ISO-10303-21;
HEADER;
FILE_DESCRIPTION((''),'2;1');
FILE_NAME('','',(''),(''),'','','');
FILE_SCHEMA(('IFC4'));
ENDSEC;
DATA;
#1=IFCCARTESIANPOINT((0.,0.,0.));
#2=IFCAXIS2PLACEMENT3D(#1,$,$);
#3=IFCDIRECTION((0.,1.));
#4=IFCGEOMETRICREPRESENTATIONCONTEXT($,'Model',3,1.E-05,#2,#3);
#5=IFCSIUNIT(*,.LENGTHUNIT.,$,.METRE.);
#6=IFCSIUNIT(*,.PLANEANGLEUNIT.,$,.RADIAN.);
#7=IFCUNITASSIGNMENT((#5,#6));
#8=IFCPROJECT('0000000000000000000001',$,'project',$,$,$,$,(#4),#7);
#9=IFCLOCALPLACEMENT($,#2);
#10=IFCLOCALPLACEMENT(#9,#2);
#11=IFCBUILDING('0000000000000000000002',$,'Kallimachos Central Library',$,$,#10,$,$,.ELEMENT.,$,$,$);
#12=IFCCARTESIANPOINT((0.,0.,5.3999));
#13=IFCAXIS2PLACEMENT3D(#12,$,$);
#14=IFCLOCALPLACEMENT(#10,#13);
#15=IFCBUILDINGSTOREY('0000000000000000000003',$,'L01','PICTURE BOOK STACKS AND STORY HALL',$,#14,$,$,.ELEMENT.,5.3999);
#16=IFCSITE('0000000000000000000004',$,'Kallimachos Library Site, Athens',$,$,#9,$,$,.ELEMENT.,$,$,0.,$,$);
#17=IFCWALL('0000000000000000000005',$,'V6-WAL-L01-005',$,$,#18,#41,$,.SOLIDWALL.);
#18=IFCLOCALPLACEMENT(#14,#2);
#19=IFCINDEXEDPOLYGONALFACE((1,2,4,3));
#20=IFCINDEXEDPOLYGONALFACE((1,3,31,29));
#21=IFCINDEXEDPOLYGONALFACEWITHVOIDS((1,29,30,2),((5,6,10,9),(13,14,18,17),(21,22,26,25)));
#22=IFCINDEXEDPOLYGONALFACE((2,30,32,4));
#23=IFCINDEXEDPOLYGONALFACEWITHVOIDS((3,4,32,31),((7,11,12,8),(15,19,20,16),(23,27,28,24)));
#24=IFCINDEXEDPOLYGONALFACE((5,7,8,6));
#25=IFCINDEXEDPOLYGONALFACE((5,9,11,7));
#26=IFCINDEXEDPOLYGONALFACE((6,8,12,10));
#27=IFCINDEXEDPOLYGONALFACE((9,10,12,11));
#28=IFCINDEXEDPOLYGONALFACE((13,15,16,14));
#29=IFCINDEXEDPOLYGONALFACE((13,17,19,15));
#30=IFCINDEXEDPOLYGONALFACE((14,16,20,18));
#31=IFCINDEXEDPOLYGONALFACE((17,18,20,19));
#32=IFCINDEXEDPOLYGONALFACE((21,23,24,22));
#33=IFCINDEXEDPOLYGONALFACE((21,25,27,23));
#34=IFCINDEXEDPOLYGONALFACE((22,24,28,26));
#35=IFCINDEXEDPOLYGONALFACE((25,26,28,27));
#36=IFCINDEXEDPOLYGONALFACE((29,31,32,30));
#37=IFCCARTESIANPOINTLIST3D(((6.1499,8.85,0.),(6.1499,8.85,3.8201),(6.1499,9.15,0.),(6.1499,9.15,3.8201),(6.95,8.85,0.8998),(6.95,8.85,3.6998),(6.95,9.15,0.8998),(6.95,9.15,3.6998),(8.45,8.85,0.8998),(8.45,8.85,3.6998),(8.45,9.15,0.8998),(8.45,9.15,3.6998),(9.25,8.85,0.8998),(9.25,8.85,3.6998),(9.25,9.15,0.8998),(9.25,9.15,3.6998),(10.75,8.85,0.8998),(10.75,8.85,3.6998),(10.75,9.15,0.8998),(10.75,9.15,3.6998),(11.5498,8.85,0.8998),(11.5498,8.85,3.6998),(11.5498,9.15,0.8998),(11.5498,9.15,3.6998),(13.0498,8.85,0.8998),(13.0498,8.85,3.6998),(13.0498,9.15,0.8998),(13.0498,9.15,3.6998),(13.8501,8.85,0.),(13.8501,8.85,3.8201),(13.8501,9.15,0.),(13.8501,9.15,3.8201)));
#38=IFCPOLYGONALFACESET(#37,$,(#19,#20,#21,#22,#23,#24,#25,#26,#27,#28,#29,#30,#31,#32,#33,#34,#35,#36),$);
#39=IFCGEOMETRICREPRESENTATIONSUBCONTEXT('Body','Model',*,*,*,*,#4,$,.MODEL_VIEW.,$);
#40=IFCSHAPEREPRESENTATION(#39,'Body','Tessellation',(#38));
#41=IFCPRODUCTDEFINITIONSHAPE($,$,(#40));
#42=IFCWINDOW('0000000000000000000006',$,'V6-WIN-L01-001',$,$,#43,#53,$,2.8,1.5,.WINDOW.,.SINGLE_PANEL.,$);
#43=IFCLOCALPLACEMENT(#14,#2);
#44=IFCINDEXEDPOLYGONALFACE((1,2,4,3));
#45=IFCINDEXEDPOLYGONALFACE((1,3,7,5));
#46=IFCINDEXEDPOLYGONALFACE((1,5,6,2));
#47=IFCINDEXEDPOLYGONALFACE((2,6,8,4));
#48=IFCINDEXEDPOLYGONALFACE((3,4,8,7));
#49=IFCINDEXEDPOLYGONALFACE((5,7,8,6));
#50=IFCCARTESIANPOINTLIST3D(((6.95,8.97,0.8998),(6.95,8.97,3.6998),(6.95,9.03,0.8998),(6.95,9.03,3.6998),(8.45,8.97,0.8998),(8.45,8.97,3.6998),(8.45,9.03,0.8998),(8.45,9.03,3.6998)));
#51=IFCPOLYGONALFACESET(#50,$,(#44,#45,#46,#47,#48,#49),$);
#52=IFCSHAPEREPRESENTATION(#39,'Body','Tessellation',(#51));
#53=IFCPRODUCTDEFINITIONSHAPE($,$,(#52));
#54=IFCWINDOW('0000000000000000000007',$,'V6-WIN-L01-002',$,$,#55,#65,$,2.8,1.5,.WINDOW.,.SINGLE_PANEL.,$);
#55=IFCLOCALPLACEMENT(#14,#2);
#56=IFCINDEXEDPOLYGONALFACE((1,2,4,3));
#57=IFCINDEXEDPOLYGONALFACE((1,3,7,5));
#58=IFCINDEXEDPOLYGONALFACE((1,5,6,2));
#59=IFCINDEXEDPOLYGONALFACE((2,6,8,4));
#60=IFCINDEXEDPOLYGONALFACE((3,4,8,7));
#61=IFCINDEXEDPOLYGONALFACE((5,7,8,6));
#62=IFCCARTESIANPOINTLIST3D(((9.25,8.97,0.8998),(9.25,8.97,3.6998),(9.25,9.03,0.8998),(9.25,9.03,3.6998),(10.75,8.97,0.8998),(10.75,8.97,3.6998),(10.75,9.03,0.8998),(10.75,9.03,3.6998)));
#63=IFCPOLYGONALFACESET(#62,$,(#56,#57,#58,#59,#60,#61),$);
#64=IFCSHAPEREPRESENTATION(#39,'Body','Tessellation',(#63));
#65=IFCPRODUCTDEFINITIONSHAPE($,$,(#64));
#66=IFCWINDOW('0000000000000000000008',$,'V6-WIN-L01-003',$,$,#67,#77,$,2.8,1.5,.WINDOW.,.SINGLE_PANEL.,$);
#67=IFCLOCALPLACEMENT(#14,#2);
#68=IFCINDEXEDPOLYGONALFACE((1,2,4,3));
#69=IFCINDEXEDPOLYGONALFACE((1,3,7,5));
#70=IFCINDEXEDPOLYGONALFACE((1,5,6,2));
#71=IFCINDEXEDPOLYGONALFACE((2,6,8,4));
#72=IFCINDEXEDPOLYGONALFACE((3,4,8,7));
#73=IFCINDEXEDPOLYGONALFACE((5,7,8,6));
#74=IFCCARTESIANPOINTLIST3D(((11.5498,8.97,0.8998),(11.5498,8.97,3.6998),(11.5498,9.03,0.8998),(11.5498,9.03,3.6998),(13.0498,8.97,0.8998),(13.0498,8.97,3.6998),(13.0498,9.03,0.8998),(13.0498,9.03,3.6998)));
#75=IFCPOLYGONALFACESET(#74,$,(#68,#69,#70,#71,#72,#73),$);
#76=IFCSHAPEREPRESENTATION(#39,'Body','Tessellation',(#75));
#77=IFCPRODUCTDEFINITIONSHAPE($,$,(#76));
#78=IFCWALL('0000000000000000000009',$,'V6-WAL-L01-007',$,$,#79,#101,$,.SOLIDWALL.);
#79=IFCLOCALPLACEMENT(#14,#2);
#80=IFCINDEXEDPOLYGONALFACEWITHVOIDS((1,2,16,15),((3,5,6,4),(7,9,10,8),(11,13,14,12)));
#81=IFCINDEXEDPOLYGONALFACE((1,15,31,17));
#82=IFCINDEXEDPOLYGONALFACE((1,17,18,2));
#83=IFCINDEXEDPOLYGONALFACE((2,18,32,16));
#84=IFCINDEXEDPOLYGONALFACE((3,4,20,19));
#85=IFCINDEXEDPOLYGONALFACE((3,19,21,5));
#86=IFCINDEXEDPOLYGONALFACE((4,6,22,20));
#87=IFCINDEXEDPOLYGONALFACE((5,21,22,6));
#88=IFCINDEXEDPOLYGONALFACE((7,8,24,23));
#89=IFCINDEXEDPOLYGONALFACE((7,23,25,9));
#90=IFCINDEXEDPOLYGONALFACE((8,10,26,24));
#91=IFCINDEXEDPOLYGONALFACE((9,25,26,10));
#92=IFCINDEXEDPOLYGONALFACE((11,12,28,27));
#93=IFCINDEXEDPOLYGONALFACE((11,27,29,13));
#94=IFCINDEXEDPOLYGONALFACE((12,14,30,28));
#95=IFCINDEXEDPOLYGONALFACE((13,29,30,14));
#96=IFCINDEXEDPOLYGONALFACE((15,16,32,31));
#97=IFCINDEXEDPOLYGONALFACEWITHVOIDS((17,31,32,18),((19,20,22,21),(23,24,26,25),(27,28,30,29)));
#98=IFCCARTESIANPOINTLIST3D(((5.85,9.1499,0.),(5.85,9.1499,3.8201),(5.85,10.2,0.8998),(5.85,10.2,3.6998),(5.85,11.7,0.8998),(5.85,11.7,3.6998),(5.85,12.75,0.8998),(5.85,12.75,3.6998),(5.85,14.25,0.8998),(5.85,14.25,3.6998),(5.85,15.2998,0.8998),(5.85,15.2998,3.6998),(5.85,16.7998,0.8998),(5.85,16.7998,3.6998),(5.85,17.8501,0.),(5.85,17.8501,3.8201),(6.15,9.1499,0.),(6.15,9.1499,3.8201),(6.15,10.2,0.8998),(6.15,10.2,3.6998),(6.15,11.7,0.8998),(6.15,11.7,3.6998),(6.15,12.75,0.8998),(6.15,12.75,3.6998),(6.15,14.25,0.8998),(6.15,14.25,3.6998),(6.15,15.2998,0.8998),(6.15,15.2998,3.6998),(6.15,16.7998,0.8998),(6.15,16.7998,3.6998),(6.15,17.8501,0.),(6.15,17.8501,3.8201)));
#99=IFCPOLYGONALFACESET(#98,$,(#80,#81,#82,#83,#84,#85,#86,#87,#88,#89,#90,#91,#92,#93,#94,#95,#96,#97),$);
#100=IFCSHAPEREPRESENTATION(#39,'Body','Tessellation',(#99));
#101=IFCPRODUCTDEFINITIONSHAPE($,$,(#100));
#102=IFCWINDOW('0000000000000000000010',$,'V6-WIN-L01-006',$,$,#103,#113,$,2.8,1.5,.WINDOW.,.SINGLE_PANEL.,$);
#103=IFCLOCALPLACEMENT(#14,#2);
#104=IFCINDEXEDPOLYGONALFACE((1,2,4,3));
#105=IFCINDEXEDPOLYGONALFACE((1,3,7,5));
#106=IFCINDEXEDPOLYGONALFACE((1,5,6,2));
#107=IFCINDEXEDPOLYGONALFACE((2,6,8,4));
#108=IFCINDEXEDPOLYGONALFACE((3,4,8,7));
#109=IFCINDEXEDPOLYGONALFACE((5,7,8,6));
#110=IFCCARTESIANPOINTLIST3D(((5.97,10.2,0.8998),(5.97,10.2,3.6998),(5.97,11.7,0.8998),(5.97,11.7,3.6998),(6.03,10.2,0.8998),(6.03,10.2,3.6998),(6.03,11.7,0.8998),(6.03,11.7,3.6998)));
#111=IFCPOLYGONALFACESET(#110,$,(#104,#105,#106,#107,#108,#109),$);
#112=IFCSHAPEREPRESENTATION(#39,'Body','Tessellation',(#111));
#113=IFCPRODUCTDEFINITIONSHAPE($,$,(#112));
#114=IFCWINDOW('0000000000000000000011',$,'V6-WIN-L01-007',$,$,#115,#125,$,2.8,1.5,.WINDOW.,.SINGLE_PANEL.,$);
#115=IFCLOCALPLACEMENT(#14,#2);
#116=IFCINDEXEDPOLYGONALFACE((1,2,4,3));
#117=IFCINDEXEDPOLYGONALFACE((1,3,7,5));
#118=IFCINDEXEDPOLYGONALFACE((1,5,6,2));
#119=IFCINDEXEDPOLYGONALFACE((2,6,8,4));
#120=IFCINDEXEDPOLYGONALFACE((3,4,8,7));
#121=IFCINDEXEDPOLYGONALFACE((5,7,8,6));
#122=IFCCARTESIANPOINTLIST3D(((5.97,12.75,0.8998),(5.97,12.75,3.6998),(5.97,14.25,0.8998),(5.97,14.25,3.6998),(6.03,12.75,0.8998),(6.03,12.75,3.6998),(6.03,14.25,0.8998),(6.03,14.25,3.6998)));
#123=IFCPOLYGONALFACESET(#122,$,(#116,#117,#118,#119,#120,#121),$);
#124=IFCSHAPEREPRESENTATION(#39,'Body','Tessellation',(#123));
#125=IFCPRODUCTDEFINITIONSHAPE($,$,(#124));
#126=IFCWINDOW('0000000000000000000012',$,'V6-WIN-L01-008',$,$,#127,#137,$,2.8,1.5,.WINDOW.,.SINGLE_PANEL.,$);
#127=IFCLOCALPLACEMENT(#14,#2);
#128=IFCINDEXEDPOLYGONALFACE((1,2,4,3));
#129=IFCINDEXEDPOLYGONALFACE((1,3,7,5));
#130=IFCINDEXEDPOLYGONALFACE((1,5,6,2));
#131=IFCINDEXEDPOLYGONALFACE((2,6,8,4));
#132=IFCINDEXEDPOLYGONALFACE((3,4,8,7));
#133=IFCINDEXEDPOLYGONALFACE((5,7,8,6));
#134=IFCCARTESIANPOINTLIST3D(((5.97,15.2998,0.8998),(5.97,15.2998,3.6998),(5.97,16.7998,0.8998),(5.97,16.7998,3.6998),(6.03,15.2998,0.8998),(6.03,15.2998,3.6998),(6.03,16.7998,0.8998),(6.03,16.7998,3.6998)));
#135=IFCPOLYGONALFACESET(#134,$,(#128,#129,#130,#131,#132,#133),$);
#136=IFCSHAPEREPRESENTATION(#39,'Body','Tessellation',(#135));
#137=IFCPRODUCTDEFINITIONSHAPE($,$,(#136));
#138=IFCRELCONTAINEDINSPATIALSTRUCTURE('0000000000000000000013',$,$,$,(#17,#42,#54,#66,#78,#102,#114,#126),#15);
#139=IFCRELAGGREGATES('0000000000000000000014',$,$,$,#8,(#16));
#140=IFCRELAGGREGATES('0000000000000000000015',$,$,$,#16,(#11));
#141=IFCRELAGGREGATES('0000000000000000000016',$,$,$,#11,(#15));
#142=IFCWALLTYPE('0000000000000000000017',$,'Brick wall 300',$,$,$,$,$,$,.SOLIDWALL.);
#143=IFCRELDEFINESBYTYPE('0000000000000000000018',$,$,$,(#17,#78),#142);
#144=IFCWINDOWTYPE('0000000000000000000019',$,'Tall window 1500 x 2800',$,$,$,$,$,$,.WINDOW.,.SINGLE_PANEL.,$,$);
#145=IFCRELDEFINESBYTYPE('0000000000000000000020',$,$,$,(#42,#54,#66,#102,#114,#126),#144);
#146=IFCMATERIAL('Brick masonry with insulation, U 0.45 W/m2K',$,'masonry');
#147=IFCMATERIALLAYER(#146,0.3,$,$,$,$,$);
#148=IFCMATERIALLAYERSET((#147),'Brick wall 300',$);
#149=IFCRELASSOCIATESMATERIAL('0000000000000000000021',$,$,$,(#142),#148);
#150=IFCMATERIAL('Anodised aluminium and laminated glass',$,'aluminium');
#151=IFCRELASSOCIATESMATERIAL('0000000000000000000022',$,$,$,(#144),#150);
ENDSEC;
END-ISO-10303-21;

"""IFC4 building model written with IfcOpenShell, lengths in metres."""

from ifc_helpers import new_model, si_unit, direction, frame, frame_2d, origin, place, context, subcontext, project, spatial, rectangle, extrude, material, layer, layer_set, type_object, element, fill, save


model = new_model("IFC4")

# Units and contexts
model_context = context("Model", 3, precision=1e-05, world=origin(), true_north=direction((0.0, 1.0)))
body_context = subcontext(model_context, "Body", "Model", "MODEL_VIEW")
ifc_project = project(units=[si_unit("LENGTHUNIT", "METRE"), si_unit("PLANEANGLEUNIT", "RADIAN")], contexts=[model_context])

# Site, building, storey
site_placement = place(None, origin())
site = spatial("IfcSite", under=ifc_project, at=site_placement, Name="Kallimachos Library Site, Athens", CompositionType="ELEMENT", RefElevation=0.0)
building_placement = place(site_placement, origin())
building = spatial("IfcBuilding", under=site, at=building_placement, Name="Kallimachos Central Library", CompositionType="ELEMENT")
storey_placement = place(building_placement, frame((0.0, 0.0, 5.3999)))
storey = spatial("IfcBuildingStorey", under=building, at=storey_placement, Name="L01", Description="PICTURE BOOK STACKS AND STORY HALL", CompositionType="ELEMENT", Elevation=5.3999)

# Walls, openings, windows
ifc_material_1 = material(Name="Brick masonry with insulation, U 0.45 W/m2K", Category="masonry")
ifc_layer_1 = layer(ifc_material_1, 0.3)
ifc_layer_set_1 = layer_set([ifc_layer_1], Name="Brick wall 300")
wall_type = type_object("IfcWallType", Name="Brick wall 300", PredefinedType="SOLIDWALL", material=ifc_layer_set_1)
wall_1_placement = place(storey_placement, frame((6.1499, 9.0, 0.0), z_axis=(0.0, 0.0, 1.0), x_axis=(1.0, 0.0, 0.0)))
wall_1 = element("IfcWall", 1, at=wall_1_placement, inside=storey, type_object=wall_type, Name="V6-WAL-L01-005", PredefinedType="SOLIDWALL", context=body_context, shape_type="SweptSolid", body=[
    extrude(rectangle(XDim=7.7002, YDim=0.3, at=frame_2d((3.8501, 0.0))), origin(), (0.0, 0.0, 1.0), 3.8201),
])
opening_1_placement = place(wall_1_placement, frame((0.8, 0.0, 0.8999)))
opening_1 = element("IfcOpeningElement", 2, at=opening_1_placement, cuts=wall_1, PredefinedType="OPENING", context=body_context, shape_type="SweptSolid", body=[
    extrude(rectangle(XDim=1.5, YDim=2.8, at=frame_2d((0.75, 1.3999))), frame((0.0, 0.1599, 0.0), z_axis=(0.0, -1.0, 0.0), x_axis=(1.0, 0.0, 0.0)), (0.0, 0.0, 1.0), 0.3201),
])
opening_2_placement = place(wall_1_placement, frame((3.1001, 0.0, 0.8999)))
opening_2 = element("IfcOpeningElement", 3, at=opening_2_placement, cuts=wall_1, PredefinedType="OPENING", context=body_context, shape_type="SweptSolid", body=[
    extrude(rectangle(XDim=1.5, YDim=2.8, at=frame_2d((0.75, 1.3999))), frame((0.0, 0.1599, 0.0), z_axis=(0.0, -1.0, 0.0), x_axis=(1.0, 0.0, 0.0)), (0.0, 0.0, 1.0), 0.3201),
])
opening_3_placement = place(wall_1_placement, frame((5.3999, 0.0, 0.8999)))
opening_3 = element("IfcOpeningElement", 4, at=opening_3_placement, cuts=wall_1, PredefinedType="OPENING", context=body_context, shape_type="SweptSolid", body=[
    extrude(rectangle(XDim=1.5, YDim=2.8, at=frame_2d((0.75, 1.3999))), frame((0.0, 0.1599, 0.0), z_axis=(0.0, -1.0, 0.0), x_axis=(1.0, 0.0, 0.0)), (0.0, 0.0, 1.0), 0.3201),
])
ifc_material_2 = material(Name="Anodised aluminium and laminated glass", Category="aluminium")
window_type = type_object("IfcWindowType", Name="Tall window 1500 x 2800", PartitioningType="SINGLE_PANEL", PredefinedType="WINDOW", material=ifc_material_2)
window_1_placement = place(opening_1_placement, origin())
window_1 = element("IfcWindow", 5, at=window_1_placement, inside=storey, type_object=window_type, Name="V6-WIN-L01-001", OverallHeight=2.8, OverallWidth=1.5, PartitioningType="SINGLE_PANEL", PredefinedType="WINDOW", context=body_context, shape_type="SweptSolid", body=[
    extrude(rectangle(XDim=1.5, YDim=2.8, at=frame_2d((0.75, 1.3999))), frame((0.0, 0.03, 0.0), z_axis=(0.0, -1.0, 0.0), x_axis=(1.0, 0.0, 0.0)), (0.0, 0.0, 1.0), 0.0601),
])
fill(opening_1, window_1)
window_2_placement = place(opening_2_placement, origin())
window_2 = element("IfcWindow", 6, at=window_2_placement, inside=storey, type_object=window_type, Name="V6-WIN-L01-002", OverallHeight=2.8, OverallWidth=1.5, PartitioningType="SINGLE_PANEL", PredefinedType="WINDOW", context=body_context, shape_type="SweptSolid", body=[
    extrude(rectangle(XDim=1.5, YDim=2.8, at=frame_2d((0.75, 1.3999))), frame((0.0, 0.03, 0.0), z_axis=(0.0, -1.0, 0.0), x_axis=(1.0, 0.0, 0.0)), (0.0, 0.0, 1.0), 0.0601),
])
fill(opening_2, window_2)
window_3_placement = place(opening_3_placement, origin())
window_3 = element("IfcWindow", 7, at=window_3_placement, inside=storey, type_object=window_type, Name="V6-WIN-L01-003", OverallHeight=2.8, OverallWidth=1.5, PartitioningType="SINGLE_PANEL", PredefinedType="WINDOW", context=body_context, shape_type="SweptSolid", body=[
    extrude(rectangle(XDim=1.5, YDim=2.8, at=frame_2d((0.75, 1.3999))), frame((0.0, 0.03, 0.0), z_axis=(0.0, -1.0, 0.0), x_axis=(1.0, 0.0, 0.0)), (0.0, 0.0, 1.0), 0.0601),
])
fill(opening_3, window_3)
wall_2_placement = place(storey_placement, frame((6.0, 9.1499, 0.0), z_axis=(0.0, 0.0, 1.0), x_axis=(0.0, 1.0, 0.0)))
wall_2 = element("IfcWall", 8, at=wall_2_placement, inside=storey, type_object=wall_type, Name="V6-WAL-L01-007", PredefinedType="SOLIDWALL", context=body_context, shape_type="SweptSolid", body=[
    extrude(rectangle(XDim=8.7002, YDim=0.3, at=frame_2d((4.3501, 0.0))), origin(), (0.0, 0.0, 1.0), 3.8201),
])
opening_4_placement = place(wall_2_placement, frame((1.05, 0.0, 0.8999)))
opening_4 = element("IfcOpeningElement", 9, at=opening_4_placement, cuts=wall_2, PredefinedType="OPENING", context=body_context, shape_type="SweptSolid", body=[
    extrude(rectangle(XDim=1.5, YDim=2.8, at=frame_2d((0.75, 1.3999))), frame((0.0, 0.1599, 0.0), z_axis=(0.0, -1.0, 0.0), x_axis=(1.0, 0.0, 0.0)), (0.0, 0.0, 1.0), 0.3201),
])
opening_5_placement = place(wall_2_placement, frame((3.6001, 0.0, 0.8999)))
opening_5 = element("IfcOpeningElement", 10, at=opening_5_placement, cuts=wall_2, PredefinedType="OPENING", context=body_context, shape_type="SweptSolid", body=[
    extrude(rectangle(XDim=1.5, YDim=2.8, at=frame_2d((0.75, 1.3999))), frame((0.0, 0.1599, 0.0), z_axis=(0.0, -1.0, 0.0), x_axis=(1.0, 0.0, 0.0)), (0.0, 0.0, 1.0), 0.3201),
])
opening_6_placement = place(wall_2_placement, frame((6.1499, 0.0, 0.8999)))
opening_6 = element("IfcOpeningElement", 11, at=opening_6_placement, cuts=wall_2, PredefinedType="OPENING", context=body_context, shape_type="SweptSolid", body=[
    extrude(rectangle(XDim=1.5, YDim=2.8, at=frame_2d((0.75, 1.3999))), frame((0.0, 0.1599, 0.0), z_axis=(0.0, -1.0, 0.0), x_axis=(1.0, 0.0, 0.0)), (0.0, 0.0, 1.0), 0.3201),
])
window_4_placement = place(opening_4_placement, origin())
window_4 = element("IfcWindow", 12, at=window_4_placement, inside=storey, type_object=window_type, Name="V6-WIN-L01-006", OverallHeight=2.8, OverallWidth=1.5, PartitioningType="SINGLE_PANEL", PredefinedType="WINDOW", context=body_context, shape_type="SweptSolid", body=[
    extrude(rectangle(XDim=1.5, YDim=2.8, at=frame_2d((0.75, 1.3999))), frame((0.0, 0.03, 0.0), z_axis=(0.0, -1.0, 0.0), x_axis=(1.0, 0.0, 0.0)), (0.0, 0.0, 1.0), 0.0601),
])
fill(opening_4, window_4)
window_5_placement = place(opening_5_placement, origin())
window_5 = element("IfcWindow", 13, at=window_5_placement, inside=storey, type_object=window_type, Name="V6-WIN-L01-007", OverallHeight=2.8, OverallWidth=1.5, PartitioningType="SINGLE_PANEL", PredefinedType="WINDOW", context=body_context, shape_type="SweptSolid", body=[
    extrude(rectangle(XDim=1.5, YDim=2.8, at=frame_2d((0.75, 1.3999))), frame((0.0, 0.03, 0.0), z_axis=(0.0, -1.0, 0.0), x_axis=(1.0, 0.0, 0.0)), (0.0, 0.0, 1.0), 0.0601),
])
fill(opening_5, window_5)
window_6_placement = place(opening_6_placement, origin())
window_6 = element("IfcWindow", 14, at=window_6_placement, inside=storey, type_object=window_type, Name="V6-WIN-L01-008", OverallHeight=2.8, OverallWidth=1.5, PartitioningType="SINGLE_PANEL", PredefinedType="WINDOW", context=body_context, shape_type="SweptSolid", body=[
    extrude(rectangle(XDim=1.5, YDim=2.8, at=frame_2d((0.75, 1.3999))), frame((0.0, 0.03, 0.0), z_axis=(0.0, -1.0, 0.0), x_axis=(1.0, 0.0, 0.0)), (0.0, 0.0, 1.0), 0.0601),
])
fill(opening_6, window_6)

save(model, "model.ifc")
